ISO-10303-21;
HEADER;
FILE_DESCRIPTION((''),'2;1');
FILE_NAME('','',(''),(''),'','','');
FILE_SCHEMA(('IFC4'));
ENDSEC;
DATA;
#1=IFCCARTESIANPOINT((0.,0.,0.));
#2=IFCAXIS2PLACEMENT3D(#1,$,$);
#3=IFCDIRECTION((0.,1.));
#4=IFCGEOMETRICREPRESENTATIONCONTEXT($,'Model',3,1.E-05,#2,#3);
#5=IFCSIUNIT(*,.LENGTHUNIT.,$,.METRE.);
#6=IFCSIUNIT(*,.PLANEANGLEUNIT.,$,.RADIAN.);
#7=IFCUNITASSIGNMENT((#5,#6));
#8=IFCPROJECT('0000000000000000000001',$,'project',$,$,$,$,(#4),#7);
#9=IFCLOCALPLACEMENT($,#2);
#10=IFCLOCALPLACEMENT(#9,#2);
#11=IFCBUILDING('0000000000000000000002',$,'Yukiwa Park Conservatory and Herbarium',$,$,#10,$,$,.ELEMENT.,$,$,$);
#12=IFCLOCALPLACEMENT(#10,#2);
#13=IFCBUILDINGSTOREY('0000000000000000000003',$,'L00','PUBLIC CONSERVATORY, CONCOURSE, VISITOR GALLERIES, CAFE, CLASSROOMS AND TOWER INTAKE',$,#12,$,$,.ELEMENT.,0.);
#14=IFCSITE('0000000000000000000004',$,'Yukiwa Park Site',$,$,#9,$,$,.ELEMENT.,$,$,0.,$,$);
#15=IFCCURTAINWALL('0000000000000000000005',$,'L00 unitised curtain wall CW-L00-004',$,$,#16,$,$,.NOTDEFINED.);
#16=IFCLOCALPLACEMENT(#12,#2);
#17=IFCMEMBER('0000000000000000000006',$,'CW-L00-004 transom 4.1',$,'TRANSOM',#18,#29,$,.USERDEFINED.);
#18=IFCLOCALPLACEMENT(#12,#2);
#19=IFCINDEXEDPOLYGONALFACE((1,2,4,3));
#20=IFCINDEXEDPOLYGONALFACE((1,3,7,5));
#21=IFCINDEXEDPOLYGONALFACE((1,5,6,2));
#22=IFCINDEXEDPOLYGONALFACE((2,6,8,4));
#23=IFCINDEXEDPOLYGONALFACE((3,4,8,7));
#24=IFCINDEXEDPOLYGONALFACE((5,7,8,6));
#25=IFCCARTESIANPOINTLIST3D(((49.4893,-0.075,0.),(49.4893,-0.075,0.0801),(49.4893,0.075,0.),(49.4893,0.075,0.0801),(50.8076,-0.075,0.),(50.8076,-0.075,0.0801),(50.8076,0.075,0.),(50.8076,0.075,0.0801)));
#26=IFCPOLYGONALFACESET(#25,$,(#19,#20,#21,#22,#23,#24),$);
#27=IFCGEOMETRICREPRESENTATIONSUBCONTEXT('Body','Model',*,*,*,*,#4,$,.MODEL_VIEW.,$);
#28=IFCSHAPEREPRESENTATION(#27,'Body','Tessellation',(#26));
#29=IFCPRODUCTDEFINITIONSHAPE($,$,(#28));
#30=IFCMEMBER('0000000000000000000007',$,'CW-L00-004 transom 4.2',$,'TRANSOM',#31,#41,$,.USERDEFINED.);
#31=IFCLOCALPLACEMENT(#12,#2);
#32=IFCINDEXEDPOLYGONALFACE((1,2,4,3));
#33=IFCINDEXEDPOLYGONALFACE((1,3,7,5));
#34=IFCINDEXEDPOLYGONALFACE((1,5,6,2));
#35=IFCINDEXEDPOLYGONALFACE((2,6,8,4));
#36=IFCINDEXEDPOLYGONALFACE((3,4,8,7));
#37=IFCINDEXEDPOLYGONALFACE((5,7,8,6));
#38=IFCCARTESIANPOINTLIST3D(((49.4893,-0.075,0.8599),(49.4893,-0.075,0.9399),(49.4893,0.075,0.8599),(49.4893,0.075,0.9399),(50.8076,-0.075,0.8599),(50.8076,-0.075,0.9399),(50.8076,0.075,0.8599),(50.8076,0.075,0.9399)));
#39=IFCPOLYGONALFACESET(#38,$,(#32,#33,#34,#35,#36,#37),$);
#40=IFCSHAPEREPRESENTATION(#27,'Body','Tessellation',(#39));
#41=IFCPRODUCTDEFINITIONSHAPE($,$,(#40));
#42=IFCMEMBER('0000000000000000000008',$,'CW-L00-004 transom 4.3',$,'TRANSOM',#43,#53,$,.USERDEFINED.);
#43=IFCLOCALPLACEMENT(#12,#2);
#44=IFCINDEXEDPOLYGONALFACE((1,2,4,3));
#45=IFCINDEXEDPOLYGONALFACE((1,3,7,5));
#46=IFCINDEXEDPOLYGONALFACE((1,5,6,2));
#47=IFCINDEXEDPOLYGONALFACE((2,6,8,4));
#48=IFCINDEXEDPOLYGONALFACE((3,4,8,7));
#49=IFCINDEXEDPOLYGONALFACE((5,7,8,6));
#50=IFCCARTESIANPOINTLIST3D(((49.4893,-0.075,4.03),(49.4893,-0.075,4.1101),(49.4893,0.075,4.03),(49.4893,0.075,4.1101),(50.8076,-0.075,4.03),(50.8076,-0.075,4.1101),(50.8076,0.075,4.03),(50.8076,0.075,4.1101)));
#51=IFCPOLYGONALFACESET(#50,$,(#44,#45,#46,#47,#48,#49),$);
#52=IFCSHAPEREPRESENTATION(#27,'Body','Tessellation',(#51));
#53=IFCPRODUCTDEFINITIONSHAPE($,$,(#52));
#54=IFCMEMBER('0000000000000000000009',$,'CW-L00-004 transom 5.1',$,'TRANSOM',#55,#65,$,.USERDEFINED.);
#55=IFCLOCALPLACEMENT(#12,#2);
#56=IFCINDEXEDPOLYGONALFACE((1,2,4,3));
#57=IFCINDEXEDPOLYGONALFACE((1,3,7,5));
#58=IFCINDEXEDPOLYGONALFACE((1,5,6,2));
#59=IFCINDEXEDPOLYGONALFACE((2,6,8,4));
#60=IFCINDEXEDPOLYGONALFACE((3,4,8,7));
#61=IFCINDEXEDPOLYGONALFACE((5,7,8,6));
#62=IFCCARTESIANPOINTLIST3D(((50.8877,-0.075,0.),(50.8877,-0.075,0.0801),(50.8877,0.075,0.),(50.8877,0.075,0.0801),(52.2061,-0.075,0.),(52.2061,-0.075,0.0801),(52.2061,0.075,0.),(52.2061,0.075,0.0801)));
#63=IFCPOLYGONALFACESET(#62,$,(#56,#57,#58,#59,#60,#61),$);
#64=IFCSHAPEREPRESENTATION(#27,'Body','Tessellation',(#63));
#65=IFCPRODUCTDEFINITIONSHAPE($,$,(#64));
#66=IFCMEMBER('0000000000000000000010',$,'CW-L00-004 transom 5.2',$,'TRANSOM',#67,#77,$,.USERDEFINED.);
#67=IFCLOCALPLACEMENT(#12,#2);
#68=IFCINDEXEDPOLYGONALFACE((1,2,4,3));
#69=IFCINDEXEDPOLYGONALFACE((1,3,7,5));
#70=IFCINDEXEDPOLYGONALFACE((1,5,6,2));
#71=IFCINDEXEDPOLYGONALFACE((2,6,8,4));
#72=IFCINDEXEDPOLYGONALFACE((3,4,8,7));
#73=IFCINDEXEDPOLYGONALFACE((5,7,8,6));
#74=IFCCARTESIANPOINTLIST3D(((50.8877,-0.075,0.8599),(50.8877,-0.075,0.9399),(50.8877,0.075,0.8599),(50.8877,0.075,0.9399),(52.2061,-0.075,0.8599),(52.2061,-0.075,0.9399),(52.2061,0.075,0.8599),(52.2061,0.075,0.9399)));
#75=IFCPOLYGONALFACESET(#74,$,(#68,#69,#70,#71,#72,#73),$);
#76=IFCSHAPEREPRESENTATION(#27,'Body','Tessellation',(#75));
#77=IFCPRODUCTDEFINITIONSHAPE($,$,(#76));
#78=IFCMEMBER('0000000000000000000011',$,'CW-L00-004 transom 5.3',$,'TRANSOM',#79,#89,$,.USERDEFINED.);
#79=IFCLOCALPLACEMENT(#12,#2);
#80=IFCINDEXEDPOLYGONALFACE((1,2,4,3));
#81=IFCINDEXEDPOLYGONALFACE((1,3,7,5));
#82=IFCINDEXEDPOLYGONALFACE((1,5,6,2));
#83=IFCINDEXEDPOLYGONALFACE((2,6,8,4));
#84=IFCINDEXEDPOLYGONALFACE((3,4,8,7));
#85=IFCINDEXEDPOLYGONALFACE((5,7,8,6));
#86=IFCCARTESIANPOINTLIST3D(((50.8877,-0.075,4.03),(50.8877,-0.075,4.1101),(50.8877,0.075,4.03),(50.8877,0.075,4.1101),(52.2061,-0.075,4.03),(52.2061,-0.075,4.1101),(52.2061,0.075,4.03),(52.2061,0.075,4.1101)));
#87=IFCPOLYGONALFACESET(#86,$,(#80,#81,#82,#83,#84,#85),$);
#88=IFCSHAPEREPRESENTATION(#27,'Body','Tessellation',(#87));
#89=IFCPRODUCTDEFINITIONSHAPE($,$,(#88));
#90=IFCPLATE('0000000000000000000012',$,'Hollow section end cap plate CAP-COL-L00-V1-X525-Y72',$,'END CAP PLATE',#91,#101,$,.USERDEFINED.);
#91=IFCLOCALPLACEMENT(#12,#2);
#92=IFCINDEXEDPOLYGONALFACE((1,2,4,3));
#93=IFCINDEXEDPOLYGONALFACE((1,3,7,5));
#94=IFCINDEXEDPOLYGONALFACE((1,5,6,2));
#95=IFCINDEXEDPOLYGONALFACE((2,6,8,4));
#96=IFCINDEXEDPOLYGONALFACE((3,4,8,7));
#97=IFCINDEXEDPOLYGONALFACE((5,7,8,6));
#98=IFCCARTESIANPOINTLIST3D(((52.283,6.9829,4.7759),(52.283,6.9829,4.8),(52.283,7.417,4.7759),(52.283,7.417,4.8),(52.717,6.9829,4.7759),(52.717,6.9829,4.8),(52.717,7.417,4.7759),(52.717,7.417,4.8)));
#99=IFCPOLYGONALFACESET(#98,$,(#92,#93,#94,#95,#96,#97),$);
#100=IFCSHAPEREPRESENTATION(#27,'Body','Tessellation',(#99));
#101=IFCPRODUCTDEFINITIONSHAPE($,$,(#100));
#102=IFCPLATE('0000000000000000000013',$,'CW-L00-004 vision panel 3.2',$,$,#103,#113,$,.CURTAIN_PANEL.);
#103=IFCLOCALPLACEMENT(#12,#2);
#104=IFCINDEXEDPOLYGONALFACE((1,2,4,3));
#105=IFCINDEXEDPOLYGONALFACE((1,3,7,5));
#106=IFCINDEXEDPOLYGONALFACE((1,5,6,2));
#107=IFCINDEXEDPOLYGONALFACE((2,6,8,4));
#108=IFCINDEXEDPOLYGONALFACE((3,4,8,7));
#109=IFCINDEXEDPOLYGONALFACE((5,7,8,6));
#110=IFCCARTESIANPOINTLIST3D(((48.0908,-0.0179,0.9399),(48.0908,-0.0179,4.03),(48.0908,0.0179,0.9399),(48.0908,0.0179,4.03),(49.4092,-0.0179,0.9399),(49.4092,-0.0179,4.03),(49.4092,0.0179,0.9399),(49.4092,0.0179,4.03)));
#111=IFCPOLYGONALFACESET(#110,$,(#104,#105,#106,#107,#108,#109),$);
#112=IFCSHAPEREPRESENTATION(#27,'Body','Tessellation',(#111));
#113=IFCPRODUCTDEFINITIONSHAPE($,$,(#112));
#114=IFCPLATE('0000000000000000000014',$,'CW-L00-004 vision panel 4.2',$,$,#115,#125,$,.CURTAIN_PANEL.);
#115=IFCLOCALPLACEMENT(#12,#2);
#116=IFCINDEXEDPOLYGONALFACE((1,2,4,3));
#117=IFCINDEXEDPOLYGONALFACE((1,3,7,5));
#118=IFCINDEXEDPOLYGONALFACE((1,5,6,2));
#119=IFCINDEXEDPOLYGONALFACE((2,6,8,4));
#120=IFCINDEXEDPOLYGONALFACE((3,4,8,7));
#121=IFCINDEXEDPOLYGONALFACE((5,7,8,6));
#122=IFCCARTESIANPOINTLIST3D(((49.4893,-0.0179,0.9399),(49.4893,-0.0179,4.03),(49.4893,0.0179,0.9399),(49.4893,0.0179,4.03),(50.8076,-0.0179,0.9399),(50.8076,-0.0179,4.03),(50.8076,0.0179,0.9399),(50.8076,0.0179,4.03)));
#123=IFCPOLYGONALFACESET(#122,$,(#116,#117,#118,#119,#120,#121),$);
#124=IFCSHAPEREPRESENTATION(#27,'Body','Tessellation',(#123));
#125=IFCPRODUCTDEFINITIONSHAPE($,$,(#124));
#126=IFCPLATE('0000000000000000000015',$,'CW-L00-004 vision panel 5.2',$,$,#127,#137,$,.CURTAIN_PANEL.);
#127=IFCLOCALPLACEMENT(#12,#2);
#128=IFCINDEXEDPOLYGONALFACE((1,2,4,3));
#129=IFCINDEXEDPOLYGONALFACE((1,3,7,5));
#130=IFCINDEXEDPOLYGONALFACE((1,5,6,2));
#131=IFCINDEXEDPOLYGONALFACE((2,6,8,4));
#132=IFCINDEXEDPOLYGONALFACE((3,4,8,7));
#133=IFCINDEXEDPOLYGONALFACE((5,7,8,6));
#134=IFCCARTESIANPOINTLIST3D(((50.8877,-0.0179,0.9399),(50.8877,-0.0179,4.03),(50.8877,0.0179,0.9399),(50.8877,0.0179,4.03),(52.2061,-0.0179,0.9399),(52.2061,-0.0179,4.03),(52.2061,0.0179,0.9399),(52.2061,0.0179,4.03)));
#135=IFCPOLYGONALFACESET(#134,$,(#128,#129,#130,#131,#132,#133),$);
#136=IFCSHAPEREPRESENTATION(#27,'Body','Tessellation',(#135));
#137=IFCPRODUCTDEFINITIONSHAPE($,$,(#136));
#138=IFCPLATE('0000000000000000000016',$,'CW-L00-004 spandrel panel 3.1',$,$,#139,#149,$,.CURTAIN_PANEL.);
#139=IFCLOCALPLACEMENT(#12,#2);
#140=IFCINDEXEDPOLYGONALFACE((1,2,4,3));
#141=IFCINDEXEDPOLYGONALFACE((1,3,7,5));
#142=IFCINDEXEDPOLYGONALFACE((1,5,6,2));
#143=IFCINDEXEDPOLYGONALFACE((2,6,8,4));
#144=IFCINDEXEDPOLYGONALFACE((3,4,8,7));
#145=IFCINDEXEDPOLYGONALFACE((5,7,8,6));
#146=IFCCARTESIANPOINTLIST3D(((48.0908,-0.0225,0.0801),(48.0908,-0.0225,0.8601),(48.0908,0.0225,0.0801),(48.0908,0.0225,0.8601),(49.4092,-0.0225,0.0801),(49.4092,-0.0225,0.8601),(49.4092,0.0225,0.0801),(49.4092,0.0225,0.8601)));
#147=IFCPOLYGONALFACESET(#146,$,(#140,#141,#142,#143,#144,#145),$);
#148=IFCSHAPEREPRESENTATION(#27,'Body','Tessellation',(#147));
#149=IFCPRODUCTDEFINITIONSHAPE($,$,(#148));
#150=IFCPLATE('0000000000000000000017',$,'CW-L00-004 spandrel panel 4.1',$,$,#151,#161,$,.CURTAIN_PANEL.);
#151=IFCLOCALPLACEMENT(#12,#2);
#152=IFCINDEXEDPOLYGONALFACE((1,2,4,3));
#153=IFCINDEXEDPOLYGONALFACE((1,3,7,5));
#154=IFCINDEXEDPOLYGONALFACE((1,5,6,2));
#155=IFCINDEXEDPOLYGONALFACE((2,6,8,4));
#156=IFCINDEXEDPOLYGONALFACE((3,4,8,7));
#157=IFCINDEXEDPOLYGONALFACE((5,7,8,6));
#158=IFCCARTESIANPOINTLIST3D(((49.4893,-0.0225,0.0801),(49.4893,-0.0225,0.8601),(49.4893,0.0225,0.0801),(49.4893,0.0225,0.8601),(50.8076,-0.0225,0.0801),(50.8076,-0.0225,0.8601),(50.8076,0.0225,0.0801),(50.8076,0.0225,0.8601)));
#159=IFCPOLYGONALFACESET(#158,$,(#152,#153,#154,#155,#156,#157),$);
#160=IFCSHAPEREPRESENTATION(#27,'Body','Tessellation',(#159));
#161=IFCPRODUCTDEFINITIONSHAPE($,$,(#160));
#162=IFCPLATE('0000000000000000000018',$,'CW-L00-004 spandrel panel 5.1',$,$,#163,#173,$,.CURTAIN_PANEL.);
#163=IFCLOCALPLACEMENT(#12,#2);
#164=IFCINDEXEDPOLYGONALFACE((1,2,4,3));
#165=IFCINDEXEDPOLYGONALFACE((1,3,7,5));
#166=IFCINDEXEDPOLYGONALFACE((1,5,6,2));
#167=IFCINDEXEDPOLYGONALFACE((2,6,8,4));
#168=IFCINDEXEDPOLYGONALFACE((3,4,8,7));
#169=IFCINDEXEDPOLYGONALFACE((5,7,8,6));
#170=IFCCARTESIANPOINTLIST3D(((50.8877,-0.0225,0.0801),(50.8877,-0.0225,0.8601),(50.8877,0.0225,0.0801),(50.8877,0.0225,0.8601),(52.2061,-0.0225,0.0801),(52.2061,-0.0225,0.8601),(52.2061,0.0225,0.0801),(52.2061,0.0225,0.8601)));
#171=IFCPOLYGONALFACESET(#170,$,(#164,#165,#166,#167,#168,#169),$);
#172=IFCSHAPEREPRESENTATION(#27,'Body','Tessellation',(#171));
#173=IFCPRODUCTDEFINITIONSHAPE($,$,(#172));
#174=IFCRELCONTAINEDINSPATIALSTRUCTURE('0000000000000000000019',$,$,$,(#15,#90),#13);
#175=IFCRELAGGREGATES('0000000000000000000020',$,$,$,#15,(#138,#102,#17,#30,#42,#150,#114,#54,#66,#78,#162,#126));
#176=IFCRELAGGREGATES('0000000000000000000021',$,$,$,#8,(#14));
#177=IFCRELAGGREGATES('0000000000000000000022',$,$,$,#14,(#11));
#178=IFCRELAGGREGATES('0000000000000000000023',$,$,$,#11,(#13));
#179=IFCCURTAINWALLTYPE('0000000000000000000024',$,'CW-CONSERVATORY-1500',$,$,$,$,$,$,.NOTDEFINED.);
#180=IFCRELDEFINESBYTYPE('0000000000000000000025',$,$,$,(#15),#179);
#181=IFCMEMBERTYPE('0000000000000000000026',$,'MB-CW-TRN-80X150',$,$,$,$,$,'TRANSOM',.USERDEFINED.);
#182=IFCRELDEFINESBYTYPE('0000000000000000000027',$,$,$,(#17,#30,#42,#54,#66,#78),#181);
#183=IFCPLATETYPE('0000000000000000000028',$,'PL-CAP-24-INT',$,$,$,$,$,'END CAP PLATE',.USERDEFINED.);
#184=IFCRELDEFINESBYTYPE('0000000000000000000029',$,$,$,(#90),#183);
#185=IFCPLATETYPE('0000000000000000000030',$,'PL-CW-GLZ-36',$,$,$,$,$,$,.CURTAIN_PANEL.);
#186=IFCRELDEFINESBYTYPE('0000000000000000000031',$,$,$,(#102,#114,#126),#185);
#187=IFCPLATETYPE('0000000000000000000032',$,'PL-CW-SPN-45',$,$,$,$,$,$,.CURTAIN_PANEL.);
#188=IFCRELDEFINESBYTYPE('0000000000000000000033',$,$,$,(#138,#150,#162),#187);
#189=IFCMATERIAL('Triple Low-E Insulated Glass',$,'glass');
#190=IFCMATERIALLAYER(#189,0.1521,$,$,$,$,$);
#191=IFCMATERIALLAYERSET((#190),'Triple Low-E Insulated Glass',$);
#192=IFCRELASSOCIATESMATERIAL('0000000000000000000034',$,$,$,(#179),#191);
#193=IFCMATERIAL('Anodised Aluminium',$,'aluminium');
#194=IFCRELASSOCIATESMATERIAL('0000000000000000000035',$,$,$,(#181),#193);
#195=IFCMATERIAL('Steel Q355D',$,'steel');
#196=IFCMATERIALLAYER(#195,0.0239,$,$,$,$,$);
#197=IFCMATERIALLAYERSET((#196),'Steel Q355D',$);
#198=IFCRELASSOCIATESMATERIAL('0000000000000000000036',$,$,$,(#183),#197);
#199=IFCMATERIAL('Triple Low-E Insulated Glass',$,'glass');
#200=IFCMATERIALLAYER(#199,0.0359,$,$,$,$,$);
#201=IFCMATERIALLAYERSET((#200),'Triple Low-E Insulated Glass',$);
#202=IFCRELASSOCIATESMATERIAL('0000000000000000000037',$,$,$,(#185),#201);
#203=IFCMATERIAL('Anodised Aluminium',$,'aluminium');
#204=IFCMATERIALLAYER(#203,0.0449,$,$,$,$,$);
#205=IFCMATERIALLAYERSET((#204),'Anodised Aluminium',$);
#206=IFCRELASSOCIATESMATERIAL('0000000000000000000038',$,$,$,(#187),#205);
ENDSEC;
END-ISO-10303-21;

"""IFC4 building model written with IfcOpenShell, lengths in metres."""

from ifc_helpers import new_model, si_unit, direction, frame, origin, origin_2d, place, context, subcontext, project, spatial, rectangle, extrude, material, layer, layer_set, type_object, element, aggregate, save


model = new_model("IFC4")

# Units and contexts
model_context = context("Model", 3, precision=1e-05, world=origin(), true_north=direction((0.0, 1.0)))
body_context = subcontext(model_context, "Body", "Model", "MODEL_VIEW")
ifc_project = project(units=[si_unit("LENGTHUNIT", "METRE"), si_unit("PLANEANGLEUNIT", "RADIAN")], contexts=[model_context])

# Site, building, storey
site_placement = place(None, origin())
site = spatial("IfcSite", under=ifc_project, at=site_placement, Name="Yukiwa Park Site", CompositionType="ELEMENT", RefElevation=0.0)
building_placement = place(site_placement, origin())
building = spatial("IfcBuilding", under=site, at=building_placement, Name="Yukiwa Park Conservatory and Herbarium", CompositionType="ELEMENT")
storey_placement = place(building_placement, origin())
storey = spatial("IfcBuildingStorey", under=building, at=storey_placement, Name="L00", Description="PUBLIC CONSERVATORY, CONCOURSE, VISITOR GALLERIES, CAFE, CLASSROOMS AND TOWER INTAKE", CompositionType="ELEMENT", Elevation=0.0)

# Curtain wall, members
ifc_material_1 = material(Name="Triple Low-E Insulated Glass", Category="glass")
ifc_layer_1 = layer(ifc_material_1, 0.1521)
ifc_layer_set_1 = layer_set([ifc_layer_1], Name="Triple Low-E Insulated Glass")
curtain_wall_type = type_object("IfcCurtainWallType", Name="CW-CONSERVATORY-1500", PredefinedType="NOTDEFINED", material=ifc_layer_set_1)
curtain_wall_placement = place(storey_placement, origin())
curtain_wall = element("IfcCurtainWall", 1, at=curtain_wall_placement, inside=storey, type_object=curtain_wall_type, Name="L00 unitised curtain wall CW-L00-004", PredefinedType="NOTDEFINED")
ifc_material_2 = material(Name="Anodised Aluminium", Category="aluminium")
member_type_1 = type_object("IfcMemberType", Name="MB-CW-TRN-80X150", ElementType="TRANSOM", PredefinedType="USERDEFINED", material=ifc_material_2)
member_1_placement = place(storey_placement, frame((50.1484, 0.0, 0.0), z_axis=(0.0, 0.0, 1.0), x_axis=(1.0, 0.0, 0.0)))
member_1 = element("IfcMember", 2, at=member_1_placement, type_object=member_type_1, Name="CW-L00-004 transom 4.1", ObjectType="TRANSOM", PredefinedType="USERDEFINED", context=body_context, shape_type="SweptSolid", body=[
    extrude(rectangle(XDim=1.3184, YDim=0.1499, at=origin_2d()), origin(), (0.0, 0.0, 1.0), 0.0801),
])
member_2_placement = place(storey_placement, frame((50.1484, 0.0, 0.8599), z_axis=(0.0, 0.0, 1.0), x_axis=(1.0, 0.0, 0.0)))
member_2 = element("IfcMember", 3, at=member_2_placement, type_object=member_type_1, Name="CW-L00-004 transom 4.2", ObjectType="TRANSOM", PredefinedType="USERDEFINED", context=body_context, shape_type="SweptSolid", body=[
    extrude(rectangle(XDim=1.3184, YDim=0.1499, at=origin_2d()), origin(), (0.0, 0.0, 1.0), 0.0801),
])
member_3_placement = place(storey_placement, frame((50.1484, 0.0, 4.03), z_axis=(0.0, 0.0, 1.0), x_axis=(1.0, 0.0, 0.0)))
member_3 = element("IfcMember", 4, at=member_3_placement, type_object=member_type_1, Name="CW-L00-004 transom 4.3", ObjectType="TRANSOM", PredefinedType="USERDEFINED", context=body_context, shape_type="SweptSolid", body=[
    extrude(rectangle(XDim=1.3184, YDim=0.1499, at=origin_2d()), origin(), (0.0, 0.0, 1.0), 0.0801),
])
member_4_placement = place(storey_placement, frame((51.5469, 0.0, 0.0), z_axis=(0.0, 0.0, 1.0), x_axis=(1.0, 0.0, 0.0)))
member_4 = element("IfcMember", 5, at=member_4_placement, type_object=member_type_1, Name="CW-L00-004 transom 5.1", ObjectType="TRANSOM", PredefinedType="USERDEFINED", context=body_context, shape_type="SweptSolid", body=[
    extrude(rectangle(XDim=1.3184, YDim=0.1499, at=origin_2d()), origin(), (0.0, 0.0, 1.0), 0.0801),
])
member_5_placement = place(storey_placement, frame((51.5469, 0.0, 0.8599), z_axis=(0.0, 0.0, 1.0), x_axis=(1.0, 0.0, 0.0)))
member_5 = element("IfcMember", 6, at=member_5_placement, type_object=member_type_1, Name="CW-L00-004 transom 5.2", ObjectType="TRANSOM", PredefinedType="USERDEFINED", context=body_context, shape_type="SweptSolid", body=[
    extrude(rectangle(XDim=1.3184, YDim=0.1499, at=origin_2d()), origin(), (0.0, 0.0, 1.0), 0.0801),
])
member_6_placement = place(storey_placement, frame((51.5469, 0.0, 4.03), z_axis=(0.0, 0.0, 1.0), x_axis=(1.0, 0.0, 0.0)))
member_6 = element("IfcMember", 7, at=member_6_placement, type_object=member_type_1, Name="CW-L00-004 transom 5.3", ObjectType="TRANSOM", PredefinedType="USERDEFINED", context=body_context, shape_type="SweptSolid", body=[
    extrude(rectangle(XDim=1.3184, YDim=0.1499, at=origin_2d()), origin(), (0.0, 0.0, 1.0), 0.0801),
])

# Plates
ifc_material_3 = material(Name="Steel Q355D", Category="steel")
ifc_layer_2 = layer(ifc_material_3, 0.0239)
ifc_layer_set_2 = layer_set([ifc_layer_2], Name="Steel Q355D")
plate_type_1 = type_object("IfcPlateType", Name="PL-CAP-24-INT", ElementType="END CAP PLATE", PredefinedType="USERDEFINED", material=ifc_layer_set_2)
plate_1_placement = place(storey_placement, frame((52.5, 7.2, 4.7759), z_axis=(0.0, 0.0, 1.0), x_axis=(1.0, 0.0, 0.0)))
element("IfcPlate", 8, at=plate_1_placement, inside=storey, type_object=plate_type_1, Name="Hollow section end cap plate CAP-COL-L00-V1-X525-Y72", ObjectType="END CAP PLATE", PredefinedType="USERDEFINED", context=body_context, shape_type="SweptSolid", body=[
    extrude(rectangle(XDim=0.4341, YDim=0.4341, at=origin_2d()), origin(), (0.0, 0.0, 1.0), 0.0242),
])
ifc_material_4 = material(Name="Triple Low-E Insulated Glass", Category="glass")
ifc_layer_3 = layer(ifc_material_4, 0.0359)
ifc_layer_set_3 = layer_set([ifc_layer_3], Name="Triple Low-E Insulated Glass")
plate_type_2 = type_object("IfcPlateType", Name="PL-CW-GLZ-36", PredefinedType="CURTAIN_PANEL", material=ifc_layer_set_3)
plate_2_placement = place(storey_placement, frame((48.75, 0.0, 0.9399), z_axis=(0.0, 0.0, 1.0), x_axis=(1.0, 0.0, 0.0)))
plate_2 = element("IfcPlate", 9, at=plate_2_placement, type_object=plate_type_2, Name="CW-L00-004 vision panel 3.2", PredefinedType="CURTAIN_PANEL", context=body_context, shape_type="SweptSolid", body=[
    extrude(rectangle(XDim=1.3184, YDim=0.0359, at=origin_2d()), origin(), (0.0, 0.0, 1.0), 3.0901),
])
plate_3_placement = place(storey_placement, frame((50.1484, 0.0, 0.9399), z_axis=(0.0, 0.0, 1.0), x_axis=(1.0, 0.0, 0.0)))
plate_3 = element("IfcPlate", 10, at=plate_3_placement, type_object=plate_type_2, Name="CW-L00-004 vision panel 4.2", PredefinedType="CURTAIN_PANEL", context=body_context, shape_type="SweptSolid", body=[
    extrude(rectangle(XDim=1.3184, YDim=0.0359, at=origin_2d()), origin(), (0.0, 0.0, 1.0), 3.0901),
])
plate_4_placement = place(storey_placement, frame((51.5469, 0.0, 0.9399), z_axis=(0.0, 0.0, 1.0), x_axis=(1.0, 0.0, 0.0)))
plate_4 = element("IfcPlate", 11, at=plate_4_placement, type_object=plate_type_2, Name="CW-L00-004 vision panel 5.2", PredefinedType="CURTAIN_PANEL", context=body_context, shape_type="SweptSolid", body=[
    extrude(rectangle(XDim=1.3184, YDim=0.0359, at=origin_2d()), origin(), (0.0, 0.0, 1.0), 3.0901),
])
ifc_material_5 = material(Name="Anodised Aluminium", Category="aluminium")
ifc_layer_4 = layer(ifc_material_5, 0.0449)
ifc_layer_set_4 = layer_set([ifc_layer_4], Name="Anodised Aluminium")
plate_type_3 = type_object("IfcPlateType", Name="PL-CW-SPN-45", PredefinedType="CURTAIN_PANEL", material=ifc_layer_set_4)
plate_5_placement = place(storey_placement, frame((48.75, 0.0, 0.0801), z_axis=(0.0, 0.0, 1.0), x_axis=(1.0, 0.0, 0.0)))
plate_5 = element("IfcPlate", 12, at=plate_5_placement, type_object=plate_type_3, Name="CW-L00-004 spandrel panel 3.1", PredefinedType="CURTAIN_PANEL", context=body_context, shape_type="SweptSolid", body=[
    extrude(rectangle(XDim=1.3184, YDim=0.0449, at=origin_2d()), origin(), (0.0, 0.0, 1.0), 0.78),
])
plate_6_placement = place(storey_placement, frame((50.1484, 0.0, 0.0801), z_axis=(0.0, 0.0, 1.0), x_axis=(1.0, 0.0, 0.0)))
plate_6 = element("IfcPlate", 13, at=plate_6_placement, type_object=plate_type_3, Name="CW-L00-004 spandrel panel 4.1", PredefinedType="CURTAIN_PANEL", context=body_context, shape_type="SweptSolid", body=[
    extrude(rectangle(XDim=1.3184, YDim=0.0449, at=origin_2d()), origin(), (0.0, 0.0, 1.0), 0.78),
])
plate_7_placement = place(storey_placement, frame((51.5469, 0.0, 0.0801), z_axis=(0.0, 0.0, 1.0), x_axis=(1.0, 0.0, 0.0)))
plate_7 = element("IfcPlate", 14, at=plate_7_placement, type_object=plate_type_3, Name="CW-L00-004 spandrel panel 5.1", PredefinedType="CURTAIN_PANEL", context=body_context, shape_type="SweptSolid", body=[
    extrude(rectangle(XDim=1.3184, YDim=0.0449, at=origin_2d()), origin(), (0.0, 0.0, 1.0), 0.78),
])
aggregate(curtain_wall, [plate_5, plate_2, member_1, member_2, member_3, plate_6, plate_3, member_4, member_5, member_6, plate_7, plate_4])

save(model, "model.ifc")
